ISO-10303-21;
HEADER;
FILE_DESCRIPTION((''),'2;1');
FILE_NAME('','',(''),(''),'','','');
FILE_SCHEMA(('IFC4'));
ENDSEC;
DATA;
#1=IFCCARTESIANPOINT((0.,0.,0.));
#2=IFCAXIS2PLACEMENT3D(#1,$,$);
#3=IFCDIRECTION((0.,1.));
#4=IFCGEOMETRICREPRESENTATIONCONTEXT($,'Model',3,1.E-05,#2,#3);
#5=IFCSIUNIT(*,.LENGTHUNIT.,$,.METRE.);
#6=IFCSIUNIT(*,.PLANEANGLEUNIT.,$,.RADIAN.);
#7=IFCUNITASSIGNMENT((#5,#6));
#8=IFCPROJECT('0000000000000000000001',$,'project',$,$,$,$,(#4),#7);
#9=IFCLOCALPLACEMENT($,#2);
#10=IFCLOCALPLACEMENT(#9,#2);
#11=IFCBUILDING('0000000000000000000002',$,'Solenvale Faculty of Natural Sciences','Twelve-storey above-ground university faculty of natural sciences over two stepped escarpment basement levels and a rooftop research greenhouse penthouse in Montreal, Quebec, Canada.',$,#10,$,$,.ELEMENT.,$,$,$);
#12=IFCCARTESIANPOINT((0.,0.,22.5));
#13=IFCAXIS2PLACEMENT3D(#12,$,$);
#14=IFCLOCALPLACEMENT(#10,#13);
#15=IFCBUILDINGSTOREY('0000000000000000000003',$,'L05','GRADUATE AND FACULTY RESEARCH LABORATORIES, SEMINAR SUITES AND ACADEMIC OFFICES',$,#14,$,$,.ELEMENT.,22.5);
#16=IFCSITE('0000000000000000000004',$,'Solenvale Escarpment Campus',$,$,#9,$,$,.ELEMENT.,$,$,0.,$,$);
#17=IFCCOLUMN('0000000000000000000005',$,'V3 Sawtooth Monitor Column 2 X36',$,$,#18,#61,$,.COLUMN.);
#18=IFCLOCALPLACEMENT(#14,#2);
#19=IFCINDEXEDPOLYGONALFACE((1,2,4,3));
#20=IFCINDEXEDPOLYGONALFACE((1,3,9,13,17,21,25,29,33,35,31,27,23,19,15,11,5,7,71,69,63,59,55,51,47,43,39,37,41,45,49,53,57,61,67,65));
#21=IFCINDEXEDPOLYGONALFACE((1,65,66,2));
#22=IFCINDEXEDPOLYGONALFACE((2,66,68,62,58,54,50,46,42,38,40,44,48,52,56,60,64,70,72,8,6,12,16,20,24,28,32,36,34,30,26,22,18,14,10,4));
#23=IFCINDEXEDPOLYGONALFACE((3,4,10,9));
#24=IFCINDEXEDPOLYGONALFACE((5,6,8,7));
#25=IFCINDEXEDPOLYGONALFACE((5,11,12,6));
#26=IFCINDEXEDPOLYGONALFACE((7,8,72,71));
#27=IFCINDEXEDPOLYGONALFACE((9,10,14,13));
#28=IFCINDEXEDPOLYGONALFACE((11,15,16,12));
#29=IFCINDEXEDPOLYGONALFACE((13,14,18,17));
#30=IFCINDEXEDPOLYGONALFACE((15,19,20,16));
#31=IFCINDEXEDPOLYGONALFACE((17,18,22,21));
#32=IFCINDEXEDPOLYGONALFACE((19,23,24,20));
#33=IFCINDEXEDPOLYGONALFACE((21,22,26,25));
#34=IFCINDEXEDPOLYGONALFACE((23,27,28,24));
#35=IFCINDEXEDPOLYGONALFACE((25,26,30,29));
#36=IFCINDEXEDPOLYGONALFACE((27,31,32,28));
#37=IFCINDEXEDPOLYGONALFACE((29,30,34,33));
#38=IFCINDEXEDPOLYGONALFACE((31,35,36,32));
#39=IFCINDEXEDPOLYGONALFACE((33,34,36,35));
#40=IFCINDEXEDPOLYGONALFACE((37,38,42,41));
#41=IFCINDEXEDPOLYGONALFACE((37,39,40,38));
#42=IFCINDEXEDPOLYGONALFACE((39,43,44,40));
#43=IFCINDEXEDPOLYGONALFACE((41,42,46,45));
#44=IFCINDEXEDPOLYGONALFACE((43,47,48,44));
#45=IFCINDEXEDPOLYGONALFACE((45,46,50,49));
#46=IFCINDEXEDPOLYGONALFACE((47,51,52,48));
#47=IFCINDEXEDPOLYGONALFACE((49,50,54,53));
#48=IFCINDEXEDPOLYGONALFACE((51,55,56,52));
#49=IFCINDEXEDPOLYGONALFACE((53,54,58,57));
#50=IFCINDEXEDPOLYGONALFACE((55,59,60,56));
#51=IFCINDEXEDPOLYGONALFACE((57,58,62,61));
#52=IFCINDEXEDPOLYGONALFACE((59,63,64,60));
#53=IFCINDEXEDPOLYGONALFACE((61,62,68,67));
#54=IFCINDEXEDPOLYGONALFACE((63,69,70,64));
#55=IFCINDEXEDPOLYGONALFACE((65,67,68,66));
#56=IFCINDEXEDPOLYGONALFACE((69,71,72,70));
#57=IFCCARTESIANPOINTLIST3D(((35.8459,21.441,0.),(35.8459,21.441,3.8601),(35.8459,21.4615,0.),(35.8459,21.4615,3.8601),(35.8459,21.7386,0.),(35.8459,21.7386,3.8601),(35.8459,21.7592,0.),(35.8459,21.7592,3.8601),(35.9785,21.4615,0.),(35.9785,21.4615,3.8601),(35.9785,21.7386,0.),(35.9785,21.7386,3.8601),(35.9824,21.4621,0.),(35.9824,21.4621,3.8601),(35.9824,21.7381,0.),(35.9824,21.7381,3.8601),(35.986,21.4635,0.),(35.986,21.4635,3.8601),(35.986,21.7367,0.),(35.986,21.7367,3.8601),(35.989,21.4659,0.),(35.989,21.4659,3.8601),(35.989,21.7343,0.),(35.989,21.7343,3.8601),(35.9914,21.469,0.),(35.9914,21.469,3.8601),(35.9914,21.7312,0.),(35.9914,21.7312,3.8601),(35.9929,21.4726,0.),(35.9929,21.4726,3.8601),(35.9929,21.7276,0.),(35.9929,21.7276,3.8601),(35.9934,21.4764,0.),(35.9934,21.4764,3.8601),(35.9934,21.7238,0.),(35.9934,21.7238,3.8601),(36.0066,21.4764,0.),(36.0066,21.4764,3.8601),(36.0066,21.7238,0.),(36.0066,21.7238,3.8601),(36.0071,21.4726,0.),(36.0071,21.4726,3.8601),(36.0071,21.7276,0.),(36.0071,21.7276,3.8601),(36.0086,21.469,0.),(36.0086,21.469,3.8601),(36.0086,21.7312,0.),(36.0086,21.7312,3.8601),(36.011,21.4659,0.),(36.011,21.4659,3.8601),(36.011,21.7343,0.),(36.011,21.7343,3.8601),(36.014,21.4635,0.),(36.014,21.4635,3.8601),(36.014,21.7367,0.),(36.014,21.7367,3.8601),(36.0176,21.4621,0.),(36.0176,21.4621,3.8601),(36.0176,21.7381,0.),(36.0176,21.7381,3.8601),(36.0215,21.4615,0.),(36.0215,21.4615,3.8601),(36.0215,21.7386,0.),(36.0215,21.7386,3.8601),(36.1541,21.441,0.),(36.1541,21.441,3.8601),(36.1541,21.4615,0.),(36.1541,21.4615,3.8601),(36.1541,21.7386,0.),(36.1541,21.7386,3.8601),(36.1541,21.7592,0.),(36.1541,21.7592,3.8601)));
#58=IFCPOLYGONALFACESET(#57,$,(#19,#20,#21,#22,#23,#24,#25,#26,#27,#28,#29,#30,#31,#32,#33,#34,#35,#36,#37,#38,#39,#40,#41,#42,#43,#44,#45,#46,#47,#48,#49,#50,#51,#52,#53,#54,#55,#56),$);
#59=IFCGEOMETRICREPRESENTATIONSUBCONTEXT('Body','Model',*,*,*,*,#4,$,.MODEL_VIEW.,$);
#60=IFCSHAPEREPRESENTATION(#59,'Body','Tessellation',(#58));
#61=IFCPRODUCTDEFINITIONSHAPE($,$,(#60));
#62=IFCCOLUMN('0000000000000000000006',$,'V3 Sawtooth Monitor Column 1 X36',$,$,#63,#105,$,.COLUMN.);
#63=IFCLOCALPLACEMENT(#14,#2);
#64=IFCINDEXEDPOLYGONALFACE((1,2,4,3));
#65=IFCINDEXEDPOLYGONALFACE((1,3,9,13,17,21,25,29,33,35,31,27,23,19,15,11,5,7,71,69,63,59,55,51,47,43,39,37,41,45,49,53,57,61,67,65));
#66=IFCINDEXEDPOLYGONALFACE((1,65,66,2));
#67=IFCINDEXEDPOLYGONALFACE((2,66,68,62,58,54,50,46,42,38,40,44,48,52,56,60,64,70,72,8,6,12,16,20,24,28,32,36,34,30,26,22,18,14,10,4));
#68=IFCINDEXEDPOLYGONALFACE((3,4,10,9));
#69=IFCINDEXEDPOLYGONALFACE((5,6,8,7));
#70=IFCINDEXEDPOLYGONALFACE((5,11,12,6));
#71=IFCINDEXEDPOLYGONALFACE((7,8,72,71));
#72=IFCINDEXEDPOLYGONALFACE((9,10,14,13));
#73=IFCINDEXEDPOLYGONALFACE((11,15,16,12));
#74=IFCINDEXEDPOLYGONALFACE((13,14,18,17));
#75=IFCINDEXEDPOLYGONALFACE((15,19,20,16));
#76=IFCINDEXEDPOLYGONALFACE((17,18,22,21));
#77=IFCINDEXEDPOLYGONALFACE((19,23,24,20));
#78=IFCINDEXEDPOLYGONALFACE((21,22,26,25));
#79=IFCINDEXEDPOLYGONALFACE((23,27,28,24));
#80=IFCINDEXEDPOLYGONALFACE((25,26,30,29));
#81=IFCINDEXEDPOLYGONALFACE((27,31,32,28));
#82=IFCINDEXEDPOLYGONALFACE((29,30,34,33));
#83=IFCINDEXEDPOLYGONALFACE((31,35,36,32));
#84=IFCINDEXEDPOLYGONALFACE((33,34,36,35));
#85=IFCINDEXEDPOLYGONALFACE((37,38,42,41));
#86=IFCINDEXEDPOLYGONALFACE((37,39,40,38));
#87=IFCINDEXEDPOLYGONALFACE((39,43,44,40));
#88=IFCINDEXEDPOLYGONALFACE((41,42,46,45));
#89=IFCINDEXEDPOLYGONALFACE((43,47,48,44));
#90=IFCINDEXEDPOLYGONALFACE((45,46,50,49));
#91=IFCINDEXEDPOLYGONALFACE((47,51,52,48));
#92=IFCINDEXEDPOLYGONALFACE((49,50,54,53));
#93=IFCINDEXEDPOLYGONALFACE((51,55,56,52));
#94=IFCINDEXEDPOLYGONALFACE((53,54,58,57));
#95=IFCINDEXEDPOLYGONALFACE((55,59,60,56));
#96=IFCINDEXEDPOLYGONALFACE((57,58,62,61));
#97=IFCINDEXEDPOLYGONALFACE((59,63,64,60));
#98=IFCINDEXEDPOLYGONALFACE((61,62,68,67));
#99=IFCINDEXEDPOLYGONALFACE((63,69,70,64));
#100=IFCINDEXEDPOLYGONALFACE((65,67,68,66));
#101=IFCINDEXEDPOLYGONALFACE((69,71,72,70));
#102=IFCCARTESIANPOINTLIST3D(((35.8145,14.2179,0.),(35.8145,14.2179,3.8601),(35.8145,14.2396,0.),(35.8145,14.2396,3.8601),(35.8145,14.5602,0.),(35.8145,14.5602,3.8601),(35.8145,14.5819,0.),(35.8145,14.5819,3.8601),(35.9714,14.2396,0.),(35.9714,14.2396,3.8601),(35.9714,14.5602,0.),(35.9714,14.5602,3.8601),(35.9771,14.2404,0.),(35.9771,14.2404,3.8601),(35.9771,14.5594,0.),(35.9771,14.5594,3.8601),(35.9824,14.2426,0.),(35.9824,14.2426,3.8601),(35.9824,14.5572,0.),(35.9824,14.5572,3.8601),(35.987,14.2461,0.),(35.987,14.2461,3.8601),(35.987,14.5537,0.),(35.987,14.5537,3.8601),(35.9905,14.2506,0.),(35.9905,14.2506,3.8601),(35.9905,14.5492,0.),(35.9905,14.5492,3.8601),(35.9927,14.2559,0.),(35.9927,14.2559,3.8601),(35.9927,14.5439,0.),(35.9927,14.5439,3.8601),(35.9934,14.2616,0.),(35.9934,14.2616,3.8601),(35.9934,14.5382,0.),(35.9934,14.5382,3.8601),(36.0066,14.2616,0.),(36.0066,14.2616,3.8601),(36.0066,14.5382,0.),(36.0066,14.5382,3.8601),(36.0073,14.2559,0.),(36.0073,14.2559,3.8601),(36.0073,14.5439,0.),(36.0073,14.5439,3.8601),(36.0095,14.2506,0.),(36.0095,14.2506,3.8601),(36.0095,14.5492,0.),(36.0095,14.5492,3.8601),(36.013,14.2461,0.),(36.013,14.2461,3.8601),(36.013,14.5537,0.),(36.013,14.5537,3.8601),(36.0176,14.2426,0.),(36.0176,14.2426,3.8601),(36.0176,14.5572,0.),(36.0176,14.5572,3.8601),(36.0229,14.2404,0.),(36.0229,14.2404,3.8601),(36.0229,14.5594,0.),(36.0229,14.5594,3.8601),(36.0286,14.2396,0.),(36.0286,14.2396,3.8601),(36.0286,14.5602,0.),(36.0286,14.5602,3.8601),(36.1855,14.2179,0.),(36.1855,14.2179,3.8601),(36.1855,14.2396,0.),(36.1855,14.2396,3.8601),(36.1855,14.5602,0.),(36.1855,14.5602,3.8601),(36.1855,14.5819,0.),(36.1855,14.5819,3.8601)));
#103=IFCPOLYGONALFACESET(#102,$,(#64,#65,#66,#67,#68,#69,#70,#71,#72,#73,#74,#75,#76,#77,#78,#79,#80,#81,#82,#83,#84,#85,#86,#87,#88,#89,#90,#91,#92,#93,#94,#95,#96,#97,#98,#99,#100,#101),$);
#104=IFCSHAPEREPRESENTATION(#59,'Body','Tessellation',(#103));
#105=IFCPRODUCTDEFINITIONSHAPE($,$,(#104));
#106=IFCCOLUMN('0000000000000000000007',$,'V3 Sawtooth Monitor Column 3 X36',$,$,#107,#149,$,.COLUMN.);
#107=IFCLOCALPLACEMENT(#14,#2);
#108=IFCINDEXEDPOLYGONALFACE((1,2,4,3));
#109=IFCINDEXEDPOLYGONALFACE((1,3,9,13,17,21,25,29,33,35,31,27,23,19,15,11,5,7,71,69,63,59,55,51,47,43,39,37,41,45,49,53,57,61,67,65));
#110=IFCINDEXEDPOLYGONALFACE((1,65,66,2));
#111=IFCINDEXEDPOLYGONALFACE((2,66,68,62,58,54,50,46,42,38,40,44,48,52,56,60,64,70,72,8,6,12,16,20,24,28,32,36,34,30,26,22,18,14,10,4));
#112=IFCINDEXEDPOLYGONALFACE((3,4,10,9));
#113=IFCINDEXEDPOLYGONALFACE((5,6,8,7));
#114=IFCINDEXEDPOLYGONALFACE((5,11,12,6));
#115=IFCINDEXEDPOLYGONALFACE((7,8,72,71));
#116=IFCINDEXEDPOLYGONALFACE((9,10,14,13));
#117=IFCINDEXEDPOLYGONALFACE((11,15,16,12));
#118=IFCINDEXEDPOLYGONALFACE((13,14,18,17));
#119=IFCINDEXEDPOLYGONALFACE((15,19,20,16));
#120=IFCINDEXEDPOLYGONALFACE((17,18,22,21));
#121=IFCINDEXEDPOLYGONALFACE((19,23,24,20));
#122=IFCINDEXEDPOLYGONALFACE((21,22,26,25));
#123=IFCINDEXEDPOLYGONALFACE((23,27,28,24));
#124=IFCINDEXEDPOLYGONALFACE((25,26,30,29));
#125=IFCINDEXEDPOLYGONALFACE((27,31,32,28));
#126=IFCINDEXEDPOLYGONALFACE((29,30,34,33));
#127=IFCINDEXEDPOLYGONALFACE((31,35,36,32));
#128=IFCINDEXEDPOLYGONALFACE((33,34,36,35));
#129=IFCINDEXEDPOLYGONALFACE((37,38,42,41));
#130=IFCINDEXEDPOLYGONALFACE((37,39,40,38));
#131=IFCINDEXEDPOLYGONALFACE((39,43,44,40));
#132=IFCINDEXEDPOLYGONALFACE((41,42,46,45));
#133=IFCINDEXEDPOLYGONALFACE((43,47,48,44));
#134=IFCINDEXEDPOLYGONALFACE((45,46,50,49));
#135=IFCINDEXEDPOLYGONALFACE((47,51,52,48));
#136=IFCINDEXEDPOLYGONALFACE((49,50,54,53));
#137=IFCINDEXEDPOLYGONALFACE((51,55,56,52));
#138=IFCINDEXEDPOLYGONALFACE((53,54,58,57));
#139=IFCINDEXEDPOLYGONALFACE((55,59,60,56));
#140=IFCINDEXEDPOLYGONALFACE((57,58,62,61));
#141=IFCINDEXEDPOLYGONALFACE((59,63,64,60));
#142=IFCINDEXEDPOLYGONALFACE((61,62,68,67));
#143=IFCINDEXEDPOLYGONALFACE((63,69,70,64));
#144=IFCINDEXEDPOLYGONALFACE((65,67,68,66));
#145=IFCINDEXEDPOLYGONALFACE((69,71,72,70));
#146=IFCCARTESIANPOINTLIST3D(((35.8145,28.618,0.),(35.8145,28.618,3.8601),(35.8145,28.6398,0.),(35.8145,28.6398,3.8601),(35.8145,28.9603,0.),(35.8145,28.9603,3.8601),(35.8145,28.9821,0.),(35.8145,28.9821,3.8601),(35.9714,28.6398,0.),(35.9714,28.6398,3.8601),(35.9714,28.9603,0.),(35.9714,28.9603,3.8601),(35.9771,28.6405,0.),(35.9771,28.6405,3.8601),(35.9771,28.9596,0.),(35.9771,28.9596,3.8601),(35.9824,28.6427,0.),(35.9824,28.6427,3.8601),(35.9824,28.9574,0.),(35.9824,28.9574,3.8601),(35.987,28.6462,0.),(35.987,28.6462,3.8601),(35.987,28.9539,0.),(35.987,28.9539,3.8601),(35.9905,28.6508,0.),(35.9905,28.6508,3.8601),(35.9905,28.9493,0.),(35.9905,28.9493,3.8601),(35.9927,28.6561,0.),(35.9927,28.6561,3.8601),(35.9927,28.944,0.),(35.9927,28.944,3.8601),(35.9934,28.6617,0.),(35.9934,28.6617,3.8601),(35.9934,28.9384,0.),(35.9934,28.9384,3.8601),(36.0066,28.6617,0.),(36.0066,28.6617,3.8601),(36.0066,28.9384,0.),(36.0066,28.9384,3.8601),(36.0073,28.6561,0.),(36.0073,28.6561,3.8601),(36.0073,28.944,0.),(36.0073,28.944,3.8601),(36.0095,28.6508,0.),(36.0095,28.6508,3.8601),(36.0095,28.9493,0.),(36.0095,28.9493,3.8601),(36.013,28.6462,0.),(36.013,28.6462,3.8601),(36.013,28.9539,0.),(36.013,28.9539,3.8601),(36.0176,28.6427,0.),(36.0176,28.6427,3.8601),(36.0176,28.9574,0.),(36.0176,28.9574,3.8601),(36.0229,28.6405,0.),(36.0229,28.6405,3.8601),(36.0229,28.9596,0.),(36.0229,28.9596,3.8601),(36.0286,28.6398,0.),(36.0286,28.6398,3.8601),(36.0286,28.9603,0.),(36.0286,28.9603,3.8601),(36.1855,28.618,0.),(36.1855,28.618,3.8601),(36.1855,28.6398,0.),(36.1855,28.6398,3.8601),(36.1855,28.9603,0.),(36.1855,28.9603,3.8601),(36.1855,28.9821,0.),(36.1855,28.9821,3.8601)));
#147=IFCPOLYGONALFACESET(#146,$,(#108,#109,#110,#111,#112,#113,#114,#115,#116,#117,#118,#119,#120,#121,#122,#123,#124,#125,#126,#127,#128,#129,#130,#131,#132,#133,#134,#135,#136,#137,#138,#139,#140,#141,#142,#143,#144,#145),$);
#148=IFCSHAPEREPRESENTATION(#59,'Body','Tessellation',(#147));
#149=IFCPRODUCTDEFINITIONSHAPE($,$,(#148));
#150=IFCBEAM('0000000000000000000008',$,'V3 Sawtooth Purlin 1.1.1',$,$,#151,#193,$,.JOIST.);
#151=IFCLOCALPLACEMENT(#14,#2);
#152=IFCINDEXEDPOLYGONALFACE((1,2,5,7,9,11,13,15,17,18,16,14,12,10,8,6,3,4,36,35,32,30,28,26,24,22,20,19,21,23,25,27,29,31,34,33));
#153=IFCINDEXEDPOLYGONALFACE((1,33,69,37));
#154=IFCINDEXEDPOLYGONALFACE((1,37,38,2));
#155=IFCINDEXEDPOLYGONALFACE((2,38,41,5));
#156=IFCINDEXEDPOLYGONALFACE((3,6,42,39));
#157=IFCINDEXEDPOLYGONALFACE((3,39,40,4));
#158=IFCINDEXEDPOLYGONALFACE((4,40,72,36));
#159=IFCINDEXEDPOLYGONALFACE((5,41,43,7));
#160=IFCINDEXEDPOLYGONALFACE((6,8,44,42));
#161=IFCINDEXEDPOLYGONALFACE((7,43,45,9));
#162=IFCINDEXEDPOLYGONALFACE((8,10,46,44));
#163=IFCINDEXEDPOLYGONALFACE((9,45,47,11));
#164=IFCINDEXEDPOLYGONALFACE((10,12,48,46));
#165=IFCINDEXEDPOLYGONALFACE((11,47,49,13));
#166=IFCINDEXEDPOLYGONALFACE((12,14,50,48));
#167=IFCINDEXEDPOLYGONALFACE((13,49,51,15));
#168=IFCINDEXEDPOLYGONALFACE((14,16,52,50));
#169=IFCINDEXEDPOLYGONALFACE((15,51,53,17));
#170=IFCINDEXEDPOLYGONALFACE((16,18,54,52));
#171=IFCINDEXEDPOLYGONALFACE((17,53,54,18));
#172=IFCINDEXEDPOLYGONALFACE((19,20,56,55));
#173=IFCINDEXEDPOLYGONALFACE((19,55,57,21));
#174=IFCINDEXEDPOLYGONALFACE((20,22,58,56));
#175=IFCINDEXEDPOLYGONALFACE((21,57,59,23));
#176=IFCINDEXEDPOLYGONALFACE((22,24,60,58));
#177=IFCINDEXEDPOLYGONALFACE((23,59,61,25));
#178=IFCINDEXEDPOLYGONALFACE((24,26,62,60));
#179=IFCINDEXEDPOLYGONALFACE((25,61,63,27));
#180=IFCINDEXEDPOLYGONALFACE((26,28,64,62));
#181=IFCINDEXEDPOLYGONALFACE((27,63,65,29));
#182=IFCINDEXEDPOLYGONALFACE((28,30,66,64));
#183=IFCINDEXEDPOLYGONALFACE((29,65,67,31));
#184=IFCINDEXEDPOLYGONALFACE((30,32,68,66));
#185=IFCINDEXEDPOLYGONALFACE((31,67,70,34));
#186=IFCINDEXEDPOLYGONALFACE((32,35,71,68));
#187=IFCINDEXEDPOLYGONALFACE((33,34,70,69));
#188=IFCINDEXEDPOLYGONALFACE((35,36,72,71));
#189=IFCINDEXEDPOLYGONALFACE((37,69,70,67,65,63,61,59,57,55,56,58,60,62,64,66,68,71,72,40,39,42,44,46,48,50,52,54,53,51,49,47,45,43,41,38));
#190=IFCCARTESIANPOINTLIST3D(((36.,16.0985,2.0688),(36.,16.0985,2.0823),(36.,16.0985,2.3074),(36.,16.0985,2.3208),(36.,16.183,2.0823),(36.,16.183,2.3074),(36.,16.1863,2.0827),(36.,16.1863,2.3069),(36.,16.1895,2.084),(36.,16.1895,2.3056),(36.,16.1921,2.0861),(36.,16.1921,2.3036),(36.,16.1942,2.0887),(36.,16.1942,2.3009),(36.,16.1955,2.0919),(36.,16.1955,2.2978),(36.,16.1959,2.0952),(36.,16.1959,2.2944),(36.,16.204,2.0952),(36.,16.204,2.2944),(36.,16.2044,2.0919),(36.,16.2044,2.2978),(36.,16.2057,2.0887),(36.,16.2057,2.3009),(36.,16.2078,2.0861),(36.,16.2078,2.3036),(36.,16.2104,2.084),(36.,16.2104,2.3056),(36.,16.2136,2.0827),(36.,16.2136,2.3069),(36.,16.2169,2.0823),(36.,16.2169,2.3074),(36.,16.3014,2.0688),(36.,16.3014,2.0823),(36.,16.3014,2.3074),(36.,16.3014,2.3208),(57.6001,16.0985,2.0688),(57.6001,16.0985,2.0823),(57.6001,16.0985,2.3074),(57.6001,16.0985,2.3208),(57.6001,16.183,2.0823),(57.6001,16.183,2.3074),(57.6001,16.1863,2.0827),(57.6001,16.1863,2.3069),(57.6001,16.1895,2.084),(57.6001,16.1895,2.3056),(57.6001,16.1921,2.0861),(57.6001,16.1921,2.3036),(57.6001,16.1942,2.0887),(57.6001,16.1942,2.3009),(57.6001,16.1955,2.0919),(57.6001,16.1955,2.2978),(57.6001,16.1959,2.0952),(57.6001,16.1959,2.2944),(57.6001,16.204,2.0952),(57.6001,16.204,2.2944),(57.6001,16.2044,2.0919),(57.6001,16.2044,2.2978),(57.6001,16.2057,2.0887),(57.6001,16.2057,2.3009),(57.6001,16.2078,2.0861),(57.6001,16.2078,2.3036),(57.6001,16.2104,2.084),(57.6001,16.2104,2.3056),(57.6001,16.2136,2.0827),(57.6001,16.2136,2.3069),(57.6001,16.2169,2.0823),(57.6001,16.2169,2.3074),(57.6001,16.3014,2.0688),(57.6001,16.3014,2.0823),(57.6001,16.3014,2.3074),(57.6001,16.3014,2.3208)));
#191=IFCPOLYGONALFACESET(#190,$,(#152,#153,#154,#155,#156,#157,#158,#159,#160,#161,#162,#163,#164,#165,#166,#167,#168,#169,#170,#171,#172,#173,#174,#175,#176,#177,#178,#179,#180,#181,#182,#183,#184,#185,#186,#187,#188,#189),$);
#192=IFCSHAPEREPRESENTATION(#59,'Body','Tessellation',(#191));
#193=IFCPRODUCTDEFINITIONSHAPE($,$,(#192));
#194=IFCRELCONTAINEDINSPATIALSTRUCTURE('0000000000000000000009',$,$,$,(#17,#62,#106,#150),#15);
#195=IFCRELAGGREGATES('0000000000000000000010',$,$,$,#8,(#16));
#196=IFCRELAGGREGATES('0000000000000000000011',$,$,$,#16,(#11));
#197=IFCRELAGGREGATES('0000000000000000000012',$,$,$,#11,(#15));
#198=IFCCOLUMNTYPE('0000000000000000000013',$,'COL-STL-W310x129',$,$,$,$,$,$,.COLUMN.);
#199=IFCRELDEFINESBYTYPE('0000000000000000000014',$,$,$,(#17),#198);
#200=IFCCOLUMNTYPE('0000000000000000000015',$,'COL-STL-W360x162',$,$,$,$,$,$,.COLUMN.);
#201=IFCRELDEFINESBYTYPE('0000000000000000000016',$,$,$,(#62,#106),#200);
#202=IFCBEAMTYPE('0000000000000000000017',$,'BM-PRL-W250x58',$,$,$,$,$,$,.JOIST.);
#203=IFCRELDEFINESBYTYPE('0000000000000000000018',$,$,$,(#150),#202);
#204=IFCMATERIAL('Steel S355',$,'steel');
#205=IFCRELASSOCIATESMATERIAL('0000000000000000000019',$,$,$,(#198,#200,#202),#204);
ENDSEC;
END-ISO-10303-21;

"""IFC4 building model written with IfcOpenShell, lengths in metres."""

from ifc_helpers import new_model, si_unit, direction, frame, origin, origin_2d, place, context, subcontext, project, spatial, i_section, extrude, material, material_profile, profile_set, type_object, element, save


model = new_model("IFC4")

# Units and contexts
model_context = context("Model", 3, precision=1e-05, world=origin(), true_north=direction((0.0, 1.0)))
body_context = subcontext(model_context, "Body", "Model", "MODEL_VIEW")
ifc_project = project(units=[si_unit("LENGTHUNIT", "METRE"), si_unit("PLANEANGLEUNIT", "RADIAN")], contexts=[model_context])

# Site, building, storey
site_placement = place(None, origin())
site = spatial("IfcSite", under=ifc_project, at=site_placement, Name="Solenvale Escarpment Campus", CompositionType="ELEMENT", RefElevation=0.0)
building_placement = place(site_placement, origin())
building = spatial("IfcBuilding", under=site, at=building_placement, Name="Solenvale Faculty of Natural Sciences", Description="Twelve-storey above-ground university faculty of natural sciences over two stepped escarpment basement levels and a rooftop research greenhouse penthouse in Montreal, Quebec, Canada.", CompositionType="ELEMENT")
storey_placement = place(building_placement, frame((0.0, 0.0, 22.5)))
storey = spatial("IfcBuildingStorey", under=building, at=storey_placement, Name="L05", Description="GRADUATE AND FACULTY RESEARCH LABORATORIES, SEMINAR SUITES AND ACADEMIC OFFICES", CompositionType="ELEMENT", Elevation=22.5)

# Columns
ifc_material_1 = material(Name="Steel S355", Category="steel")
ifc_material_profile_1 = material_profile(ifc_material_1, i_section(OverallWidth=0.3081, OverallDepth=0.3181, WebThickness=0.0132, FlangeThickness=0.0205, FilletRadius=0.0149, at=origin_2d()), Name="W310x129")
ifc_profile_set_1 = profile_set([ifc_material_profile_1], Name="Steel S355")
column_type_1 = type_object("IfcColumnType", Name="COL-STL-W310x129", PredefinedType="COLUMN", material=ifc_profile_set_1)
column_placement = place(storey_placement, frame((36.0, 21.6001, 0.0), z_axis=(0.0, 0.0, 1.0), x_axis=(1.0, 0.0, 0.0)))
element("IfcColumn", 1, at=column_placement, inside=storey, type_object=column_type_1, Name="V3 Sawtooth Monitor Column 2 X36", PredefinedType="COLUMN", context=body_context, shape_type="SweptSolid", body=[
    extrude(i_section(OverallWidth=0.3081, OverallDepth=0.3181, WebThickness=0.0132, FlangeThickness=0.0205, FilletRadius=0.0149, at=origin_2d()), origin(), (0.0, 0.0, 1.0), 3.8601),
])
ifc_material_profile_2 = material_profile(ifc_material_1, i_section(OverallWidth=0.3711, OverallDepth=0.364, WebThickness=0.0132, FlangeThickness=0.0217, FilletRadius=0.022, at=origin_2d()), Name="W360x162")
ifc_profile_set_2 = profile_set([ifc_material_profile_2], Name="Steel S355")
column_type_2 = type_object("IfcColumnType", Name="COL-STL-W360x162", PredefinedType="COLUMN", material=ifc_profile_set_2)
for number, where, z_axis, x_axis, name in (
    (2, (36.0, 14.3999, 0.0), (0.0, 0.0, 1.0), (1.0, 0.0, 0.0), "V3 Sawtooth Monitor Column 1 X36"),
    (3, (36.0, 28.8, 0.0), (0.0, 0.0, 1.0), (1.0, 0.0, 0.0), "V3 Sawtooth Monitor Column 3 X36"),
):
    element("IfcColumn", number, at=place(storey_placement, frame(where, z_axis=z_axis, x_axis=x_axis)), inside=storey, type_object=column_type_2, Name=name, PredefinedType="COLUMN", context=body_context, shape_type="SweptSolid", body=[
        extrude(i_section(OverallWidth=0.3711, OverallDepth=0.364, WebThickness=0.0132, FlangeThickness=0.0217, FilletRadius=0.022, at=origin_2d()), origin(), (0.0, 0.0, 1.0), 3.8601),
    ])

# Beam
ifc_material_profile_3 = material_profile(ifc_material_1, i_section(OverallWidth=0.2029, OverallDepth=0.252, WebThickness=0.0081, FlangeThickness=0.0134, FilletRadius=0.0129, at=origin_2d()), Name="W250x58")
ifc_profile_set_3 = profile_set([ifc_material_profile_3], Name="Steel S355")
beam_type_1 = type_object("IfcBeamType", Name="BM-PRL-W250x58", PredefinedType="JOIST", material=ifc_profile_set_3)
for number, where, z_axis, x_axis, name in (
    (4, (36.0, 16.2, 2.1948), (1.0, 0.0, 0.0), (0.0, 1.0, 0.0), "V3 Sawtooth Purlin 1.1.1"),
):
    element("IfcBeam", number, at=place(storey_placement, frame(where, z_axis=z_axis, x_axis=x_axis)), inside=storey, type_object=beam_type_1, Name=name, PredefinedType="JOIST", context=body_context, shape_type="SweptSolid", body=[
        extrude(i_section(OverallWidth=0.2029, OverallDepth=0.252, WebThickness=0.0081, FlangeThickness=0.0134, FilletRadius=0.0129, at=origin_2d()), origin(), (0.0, 0.0, 1.0), 21.6001),
    ])

save(model, "model.ifc")
